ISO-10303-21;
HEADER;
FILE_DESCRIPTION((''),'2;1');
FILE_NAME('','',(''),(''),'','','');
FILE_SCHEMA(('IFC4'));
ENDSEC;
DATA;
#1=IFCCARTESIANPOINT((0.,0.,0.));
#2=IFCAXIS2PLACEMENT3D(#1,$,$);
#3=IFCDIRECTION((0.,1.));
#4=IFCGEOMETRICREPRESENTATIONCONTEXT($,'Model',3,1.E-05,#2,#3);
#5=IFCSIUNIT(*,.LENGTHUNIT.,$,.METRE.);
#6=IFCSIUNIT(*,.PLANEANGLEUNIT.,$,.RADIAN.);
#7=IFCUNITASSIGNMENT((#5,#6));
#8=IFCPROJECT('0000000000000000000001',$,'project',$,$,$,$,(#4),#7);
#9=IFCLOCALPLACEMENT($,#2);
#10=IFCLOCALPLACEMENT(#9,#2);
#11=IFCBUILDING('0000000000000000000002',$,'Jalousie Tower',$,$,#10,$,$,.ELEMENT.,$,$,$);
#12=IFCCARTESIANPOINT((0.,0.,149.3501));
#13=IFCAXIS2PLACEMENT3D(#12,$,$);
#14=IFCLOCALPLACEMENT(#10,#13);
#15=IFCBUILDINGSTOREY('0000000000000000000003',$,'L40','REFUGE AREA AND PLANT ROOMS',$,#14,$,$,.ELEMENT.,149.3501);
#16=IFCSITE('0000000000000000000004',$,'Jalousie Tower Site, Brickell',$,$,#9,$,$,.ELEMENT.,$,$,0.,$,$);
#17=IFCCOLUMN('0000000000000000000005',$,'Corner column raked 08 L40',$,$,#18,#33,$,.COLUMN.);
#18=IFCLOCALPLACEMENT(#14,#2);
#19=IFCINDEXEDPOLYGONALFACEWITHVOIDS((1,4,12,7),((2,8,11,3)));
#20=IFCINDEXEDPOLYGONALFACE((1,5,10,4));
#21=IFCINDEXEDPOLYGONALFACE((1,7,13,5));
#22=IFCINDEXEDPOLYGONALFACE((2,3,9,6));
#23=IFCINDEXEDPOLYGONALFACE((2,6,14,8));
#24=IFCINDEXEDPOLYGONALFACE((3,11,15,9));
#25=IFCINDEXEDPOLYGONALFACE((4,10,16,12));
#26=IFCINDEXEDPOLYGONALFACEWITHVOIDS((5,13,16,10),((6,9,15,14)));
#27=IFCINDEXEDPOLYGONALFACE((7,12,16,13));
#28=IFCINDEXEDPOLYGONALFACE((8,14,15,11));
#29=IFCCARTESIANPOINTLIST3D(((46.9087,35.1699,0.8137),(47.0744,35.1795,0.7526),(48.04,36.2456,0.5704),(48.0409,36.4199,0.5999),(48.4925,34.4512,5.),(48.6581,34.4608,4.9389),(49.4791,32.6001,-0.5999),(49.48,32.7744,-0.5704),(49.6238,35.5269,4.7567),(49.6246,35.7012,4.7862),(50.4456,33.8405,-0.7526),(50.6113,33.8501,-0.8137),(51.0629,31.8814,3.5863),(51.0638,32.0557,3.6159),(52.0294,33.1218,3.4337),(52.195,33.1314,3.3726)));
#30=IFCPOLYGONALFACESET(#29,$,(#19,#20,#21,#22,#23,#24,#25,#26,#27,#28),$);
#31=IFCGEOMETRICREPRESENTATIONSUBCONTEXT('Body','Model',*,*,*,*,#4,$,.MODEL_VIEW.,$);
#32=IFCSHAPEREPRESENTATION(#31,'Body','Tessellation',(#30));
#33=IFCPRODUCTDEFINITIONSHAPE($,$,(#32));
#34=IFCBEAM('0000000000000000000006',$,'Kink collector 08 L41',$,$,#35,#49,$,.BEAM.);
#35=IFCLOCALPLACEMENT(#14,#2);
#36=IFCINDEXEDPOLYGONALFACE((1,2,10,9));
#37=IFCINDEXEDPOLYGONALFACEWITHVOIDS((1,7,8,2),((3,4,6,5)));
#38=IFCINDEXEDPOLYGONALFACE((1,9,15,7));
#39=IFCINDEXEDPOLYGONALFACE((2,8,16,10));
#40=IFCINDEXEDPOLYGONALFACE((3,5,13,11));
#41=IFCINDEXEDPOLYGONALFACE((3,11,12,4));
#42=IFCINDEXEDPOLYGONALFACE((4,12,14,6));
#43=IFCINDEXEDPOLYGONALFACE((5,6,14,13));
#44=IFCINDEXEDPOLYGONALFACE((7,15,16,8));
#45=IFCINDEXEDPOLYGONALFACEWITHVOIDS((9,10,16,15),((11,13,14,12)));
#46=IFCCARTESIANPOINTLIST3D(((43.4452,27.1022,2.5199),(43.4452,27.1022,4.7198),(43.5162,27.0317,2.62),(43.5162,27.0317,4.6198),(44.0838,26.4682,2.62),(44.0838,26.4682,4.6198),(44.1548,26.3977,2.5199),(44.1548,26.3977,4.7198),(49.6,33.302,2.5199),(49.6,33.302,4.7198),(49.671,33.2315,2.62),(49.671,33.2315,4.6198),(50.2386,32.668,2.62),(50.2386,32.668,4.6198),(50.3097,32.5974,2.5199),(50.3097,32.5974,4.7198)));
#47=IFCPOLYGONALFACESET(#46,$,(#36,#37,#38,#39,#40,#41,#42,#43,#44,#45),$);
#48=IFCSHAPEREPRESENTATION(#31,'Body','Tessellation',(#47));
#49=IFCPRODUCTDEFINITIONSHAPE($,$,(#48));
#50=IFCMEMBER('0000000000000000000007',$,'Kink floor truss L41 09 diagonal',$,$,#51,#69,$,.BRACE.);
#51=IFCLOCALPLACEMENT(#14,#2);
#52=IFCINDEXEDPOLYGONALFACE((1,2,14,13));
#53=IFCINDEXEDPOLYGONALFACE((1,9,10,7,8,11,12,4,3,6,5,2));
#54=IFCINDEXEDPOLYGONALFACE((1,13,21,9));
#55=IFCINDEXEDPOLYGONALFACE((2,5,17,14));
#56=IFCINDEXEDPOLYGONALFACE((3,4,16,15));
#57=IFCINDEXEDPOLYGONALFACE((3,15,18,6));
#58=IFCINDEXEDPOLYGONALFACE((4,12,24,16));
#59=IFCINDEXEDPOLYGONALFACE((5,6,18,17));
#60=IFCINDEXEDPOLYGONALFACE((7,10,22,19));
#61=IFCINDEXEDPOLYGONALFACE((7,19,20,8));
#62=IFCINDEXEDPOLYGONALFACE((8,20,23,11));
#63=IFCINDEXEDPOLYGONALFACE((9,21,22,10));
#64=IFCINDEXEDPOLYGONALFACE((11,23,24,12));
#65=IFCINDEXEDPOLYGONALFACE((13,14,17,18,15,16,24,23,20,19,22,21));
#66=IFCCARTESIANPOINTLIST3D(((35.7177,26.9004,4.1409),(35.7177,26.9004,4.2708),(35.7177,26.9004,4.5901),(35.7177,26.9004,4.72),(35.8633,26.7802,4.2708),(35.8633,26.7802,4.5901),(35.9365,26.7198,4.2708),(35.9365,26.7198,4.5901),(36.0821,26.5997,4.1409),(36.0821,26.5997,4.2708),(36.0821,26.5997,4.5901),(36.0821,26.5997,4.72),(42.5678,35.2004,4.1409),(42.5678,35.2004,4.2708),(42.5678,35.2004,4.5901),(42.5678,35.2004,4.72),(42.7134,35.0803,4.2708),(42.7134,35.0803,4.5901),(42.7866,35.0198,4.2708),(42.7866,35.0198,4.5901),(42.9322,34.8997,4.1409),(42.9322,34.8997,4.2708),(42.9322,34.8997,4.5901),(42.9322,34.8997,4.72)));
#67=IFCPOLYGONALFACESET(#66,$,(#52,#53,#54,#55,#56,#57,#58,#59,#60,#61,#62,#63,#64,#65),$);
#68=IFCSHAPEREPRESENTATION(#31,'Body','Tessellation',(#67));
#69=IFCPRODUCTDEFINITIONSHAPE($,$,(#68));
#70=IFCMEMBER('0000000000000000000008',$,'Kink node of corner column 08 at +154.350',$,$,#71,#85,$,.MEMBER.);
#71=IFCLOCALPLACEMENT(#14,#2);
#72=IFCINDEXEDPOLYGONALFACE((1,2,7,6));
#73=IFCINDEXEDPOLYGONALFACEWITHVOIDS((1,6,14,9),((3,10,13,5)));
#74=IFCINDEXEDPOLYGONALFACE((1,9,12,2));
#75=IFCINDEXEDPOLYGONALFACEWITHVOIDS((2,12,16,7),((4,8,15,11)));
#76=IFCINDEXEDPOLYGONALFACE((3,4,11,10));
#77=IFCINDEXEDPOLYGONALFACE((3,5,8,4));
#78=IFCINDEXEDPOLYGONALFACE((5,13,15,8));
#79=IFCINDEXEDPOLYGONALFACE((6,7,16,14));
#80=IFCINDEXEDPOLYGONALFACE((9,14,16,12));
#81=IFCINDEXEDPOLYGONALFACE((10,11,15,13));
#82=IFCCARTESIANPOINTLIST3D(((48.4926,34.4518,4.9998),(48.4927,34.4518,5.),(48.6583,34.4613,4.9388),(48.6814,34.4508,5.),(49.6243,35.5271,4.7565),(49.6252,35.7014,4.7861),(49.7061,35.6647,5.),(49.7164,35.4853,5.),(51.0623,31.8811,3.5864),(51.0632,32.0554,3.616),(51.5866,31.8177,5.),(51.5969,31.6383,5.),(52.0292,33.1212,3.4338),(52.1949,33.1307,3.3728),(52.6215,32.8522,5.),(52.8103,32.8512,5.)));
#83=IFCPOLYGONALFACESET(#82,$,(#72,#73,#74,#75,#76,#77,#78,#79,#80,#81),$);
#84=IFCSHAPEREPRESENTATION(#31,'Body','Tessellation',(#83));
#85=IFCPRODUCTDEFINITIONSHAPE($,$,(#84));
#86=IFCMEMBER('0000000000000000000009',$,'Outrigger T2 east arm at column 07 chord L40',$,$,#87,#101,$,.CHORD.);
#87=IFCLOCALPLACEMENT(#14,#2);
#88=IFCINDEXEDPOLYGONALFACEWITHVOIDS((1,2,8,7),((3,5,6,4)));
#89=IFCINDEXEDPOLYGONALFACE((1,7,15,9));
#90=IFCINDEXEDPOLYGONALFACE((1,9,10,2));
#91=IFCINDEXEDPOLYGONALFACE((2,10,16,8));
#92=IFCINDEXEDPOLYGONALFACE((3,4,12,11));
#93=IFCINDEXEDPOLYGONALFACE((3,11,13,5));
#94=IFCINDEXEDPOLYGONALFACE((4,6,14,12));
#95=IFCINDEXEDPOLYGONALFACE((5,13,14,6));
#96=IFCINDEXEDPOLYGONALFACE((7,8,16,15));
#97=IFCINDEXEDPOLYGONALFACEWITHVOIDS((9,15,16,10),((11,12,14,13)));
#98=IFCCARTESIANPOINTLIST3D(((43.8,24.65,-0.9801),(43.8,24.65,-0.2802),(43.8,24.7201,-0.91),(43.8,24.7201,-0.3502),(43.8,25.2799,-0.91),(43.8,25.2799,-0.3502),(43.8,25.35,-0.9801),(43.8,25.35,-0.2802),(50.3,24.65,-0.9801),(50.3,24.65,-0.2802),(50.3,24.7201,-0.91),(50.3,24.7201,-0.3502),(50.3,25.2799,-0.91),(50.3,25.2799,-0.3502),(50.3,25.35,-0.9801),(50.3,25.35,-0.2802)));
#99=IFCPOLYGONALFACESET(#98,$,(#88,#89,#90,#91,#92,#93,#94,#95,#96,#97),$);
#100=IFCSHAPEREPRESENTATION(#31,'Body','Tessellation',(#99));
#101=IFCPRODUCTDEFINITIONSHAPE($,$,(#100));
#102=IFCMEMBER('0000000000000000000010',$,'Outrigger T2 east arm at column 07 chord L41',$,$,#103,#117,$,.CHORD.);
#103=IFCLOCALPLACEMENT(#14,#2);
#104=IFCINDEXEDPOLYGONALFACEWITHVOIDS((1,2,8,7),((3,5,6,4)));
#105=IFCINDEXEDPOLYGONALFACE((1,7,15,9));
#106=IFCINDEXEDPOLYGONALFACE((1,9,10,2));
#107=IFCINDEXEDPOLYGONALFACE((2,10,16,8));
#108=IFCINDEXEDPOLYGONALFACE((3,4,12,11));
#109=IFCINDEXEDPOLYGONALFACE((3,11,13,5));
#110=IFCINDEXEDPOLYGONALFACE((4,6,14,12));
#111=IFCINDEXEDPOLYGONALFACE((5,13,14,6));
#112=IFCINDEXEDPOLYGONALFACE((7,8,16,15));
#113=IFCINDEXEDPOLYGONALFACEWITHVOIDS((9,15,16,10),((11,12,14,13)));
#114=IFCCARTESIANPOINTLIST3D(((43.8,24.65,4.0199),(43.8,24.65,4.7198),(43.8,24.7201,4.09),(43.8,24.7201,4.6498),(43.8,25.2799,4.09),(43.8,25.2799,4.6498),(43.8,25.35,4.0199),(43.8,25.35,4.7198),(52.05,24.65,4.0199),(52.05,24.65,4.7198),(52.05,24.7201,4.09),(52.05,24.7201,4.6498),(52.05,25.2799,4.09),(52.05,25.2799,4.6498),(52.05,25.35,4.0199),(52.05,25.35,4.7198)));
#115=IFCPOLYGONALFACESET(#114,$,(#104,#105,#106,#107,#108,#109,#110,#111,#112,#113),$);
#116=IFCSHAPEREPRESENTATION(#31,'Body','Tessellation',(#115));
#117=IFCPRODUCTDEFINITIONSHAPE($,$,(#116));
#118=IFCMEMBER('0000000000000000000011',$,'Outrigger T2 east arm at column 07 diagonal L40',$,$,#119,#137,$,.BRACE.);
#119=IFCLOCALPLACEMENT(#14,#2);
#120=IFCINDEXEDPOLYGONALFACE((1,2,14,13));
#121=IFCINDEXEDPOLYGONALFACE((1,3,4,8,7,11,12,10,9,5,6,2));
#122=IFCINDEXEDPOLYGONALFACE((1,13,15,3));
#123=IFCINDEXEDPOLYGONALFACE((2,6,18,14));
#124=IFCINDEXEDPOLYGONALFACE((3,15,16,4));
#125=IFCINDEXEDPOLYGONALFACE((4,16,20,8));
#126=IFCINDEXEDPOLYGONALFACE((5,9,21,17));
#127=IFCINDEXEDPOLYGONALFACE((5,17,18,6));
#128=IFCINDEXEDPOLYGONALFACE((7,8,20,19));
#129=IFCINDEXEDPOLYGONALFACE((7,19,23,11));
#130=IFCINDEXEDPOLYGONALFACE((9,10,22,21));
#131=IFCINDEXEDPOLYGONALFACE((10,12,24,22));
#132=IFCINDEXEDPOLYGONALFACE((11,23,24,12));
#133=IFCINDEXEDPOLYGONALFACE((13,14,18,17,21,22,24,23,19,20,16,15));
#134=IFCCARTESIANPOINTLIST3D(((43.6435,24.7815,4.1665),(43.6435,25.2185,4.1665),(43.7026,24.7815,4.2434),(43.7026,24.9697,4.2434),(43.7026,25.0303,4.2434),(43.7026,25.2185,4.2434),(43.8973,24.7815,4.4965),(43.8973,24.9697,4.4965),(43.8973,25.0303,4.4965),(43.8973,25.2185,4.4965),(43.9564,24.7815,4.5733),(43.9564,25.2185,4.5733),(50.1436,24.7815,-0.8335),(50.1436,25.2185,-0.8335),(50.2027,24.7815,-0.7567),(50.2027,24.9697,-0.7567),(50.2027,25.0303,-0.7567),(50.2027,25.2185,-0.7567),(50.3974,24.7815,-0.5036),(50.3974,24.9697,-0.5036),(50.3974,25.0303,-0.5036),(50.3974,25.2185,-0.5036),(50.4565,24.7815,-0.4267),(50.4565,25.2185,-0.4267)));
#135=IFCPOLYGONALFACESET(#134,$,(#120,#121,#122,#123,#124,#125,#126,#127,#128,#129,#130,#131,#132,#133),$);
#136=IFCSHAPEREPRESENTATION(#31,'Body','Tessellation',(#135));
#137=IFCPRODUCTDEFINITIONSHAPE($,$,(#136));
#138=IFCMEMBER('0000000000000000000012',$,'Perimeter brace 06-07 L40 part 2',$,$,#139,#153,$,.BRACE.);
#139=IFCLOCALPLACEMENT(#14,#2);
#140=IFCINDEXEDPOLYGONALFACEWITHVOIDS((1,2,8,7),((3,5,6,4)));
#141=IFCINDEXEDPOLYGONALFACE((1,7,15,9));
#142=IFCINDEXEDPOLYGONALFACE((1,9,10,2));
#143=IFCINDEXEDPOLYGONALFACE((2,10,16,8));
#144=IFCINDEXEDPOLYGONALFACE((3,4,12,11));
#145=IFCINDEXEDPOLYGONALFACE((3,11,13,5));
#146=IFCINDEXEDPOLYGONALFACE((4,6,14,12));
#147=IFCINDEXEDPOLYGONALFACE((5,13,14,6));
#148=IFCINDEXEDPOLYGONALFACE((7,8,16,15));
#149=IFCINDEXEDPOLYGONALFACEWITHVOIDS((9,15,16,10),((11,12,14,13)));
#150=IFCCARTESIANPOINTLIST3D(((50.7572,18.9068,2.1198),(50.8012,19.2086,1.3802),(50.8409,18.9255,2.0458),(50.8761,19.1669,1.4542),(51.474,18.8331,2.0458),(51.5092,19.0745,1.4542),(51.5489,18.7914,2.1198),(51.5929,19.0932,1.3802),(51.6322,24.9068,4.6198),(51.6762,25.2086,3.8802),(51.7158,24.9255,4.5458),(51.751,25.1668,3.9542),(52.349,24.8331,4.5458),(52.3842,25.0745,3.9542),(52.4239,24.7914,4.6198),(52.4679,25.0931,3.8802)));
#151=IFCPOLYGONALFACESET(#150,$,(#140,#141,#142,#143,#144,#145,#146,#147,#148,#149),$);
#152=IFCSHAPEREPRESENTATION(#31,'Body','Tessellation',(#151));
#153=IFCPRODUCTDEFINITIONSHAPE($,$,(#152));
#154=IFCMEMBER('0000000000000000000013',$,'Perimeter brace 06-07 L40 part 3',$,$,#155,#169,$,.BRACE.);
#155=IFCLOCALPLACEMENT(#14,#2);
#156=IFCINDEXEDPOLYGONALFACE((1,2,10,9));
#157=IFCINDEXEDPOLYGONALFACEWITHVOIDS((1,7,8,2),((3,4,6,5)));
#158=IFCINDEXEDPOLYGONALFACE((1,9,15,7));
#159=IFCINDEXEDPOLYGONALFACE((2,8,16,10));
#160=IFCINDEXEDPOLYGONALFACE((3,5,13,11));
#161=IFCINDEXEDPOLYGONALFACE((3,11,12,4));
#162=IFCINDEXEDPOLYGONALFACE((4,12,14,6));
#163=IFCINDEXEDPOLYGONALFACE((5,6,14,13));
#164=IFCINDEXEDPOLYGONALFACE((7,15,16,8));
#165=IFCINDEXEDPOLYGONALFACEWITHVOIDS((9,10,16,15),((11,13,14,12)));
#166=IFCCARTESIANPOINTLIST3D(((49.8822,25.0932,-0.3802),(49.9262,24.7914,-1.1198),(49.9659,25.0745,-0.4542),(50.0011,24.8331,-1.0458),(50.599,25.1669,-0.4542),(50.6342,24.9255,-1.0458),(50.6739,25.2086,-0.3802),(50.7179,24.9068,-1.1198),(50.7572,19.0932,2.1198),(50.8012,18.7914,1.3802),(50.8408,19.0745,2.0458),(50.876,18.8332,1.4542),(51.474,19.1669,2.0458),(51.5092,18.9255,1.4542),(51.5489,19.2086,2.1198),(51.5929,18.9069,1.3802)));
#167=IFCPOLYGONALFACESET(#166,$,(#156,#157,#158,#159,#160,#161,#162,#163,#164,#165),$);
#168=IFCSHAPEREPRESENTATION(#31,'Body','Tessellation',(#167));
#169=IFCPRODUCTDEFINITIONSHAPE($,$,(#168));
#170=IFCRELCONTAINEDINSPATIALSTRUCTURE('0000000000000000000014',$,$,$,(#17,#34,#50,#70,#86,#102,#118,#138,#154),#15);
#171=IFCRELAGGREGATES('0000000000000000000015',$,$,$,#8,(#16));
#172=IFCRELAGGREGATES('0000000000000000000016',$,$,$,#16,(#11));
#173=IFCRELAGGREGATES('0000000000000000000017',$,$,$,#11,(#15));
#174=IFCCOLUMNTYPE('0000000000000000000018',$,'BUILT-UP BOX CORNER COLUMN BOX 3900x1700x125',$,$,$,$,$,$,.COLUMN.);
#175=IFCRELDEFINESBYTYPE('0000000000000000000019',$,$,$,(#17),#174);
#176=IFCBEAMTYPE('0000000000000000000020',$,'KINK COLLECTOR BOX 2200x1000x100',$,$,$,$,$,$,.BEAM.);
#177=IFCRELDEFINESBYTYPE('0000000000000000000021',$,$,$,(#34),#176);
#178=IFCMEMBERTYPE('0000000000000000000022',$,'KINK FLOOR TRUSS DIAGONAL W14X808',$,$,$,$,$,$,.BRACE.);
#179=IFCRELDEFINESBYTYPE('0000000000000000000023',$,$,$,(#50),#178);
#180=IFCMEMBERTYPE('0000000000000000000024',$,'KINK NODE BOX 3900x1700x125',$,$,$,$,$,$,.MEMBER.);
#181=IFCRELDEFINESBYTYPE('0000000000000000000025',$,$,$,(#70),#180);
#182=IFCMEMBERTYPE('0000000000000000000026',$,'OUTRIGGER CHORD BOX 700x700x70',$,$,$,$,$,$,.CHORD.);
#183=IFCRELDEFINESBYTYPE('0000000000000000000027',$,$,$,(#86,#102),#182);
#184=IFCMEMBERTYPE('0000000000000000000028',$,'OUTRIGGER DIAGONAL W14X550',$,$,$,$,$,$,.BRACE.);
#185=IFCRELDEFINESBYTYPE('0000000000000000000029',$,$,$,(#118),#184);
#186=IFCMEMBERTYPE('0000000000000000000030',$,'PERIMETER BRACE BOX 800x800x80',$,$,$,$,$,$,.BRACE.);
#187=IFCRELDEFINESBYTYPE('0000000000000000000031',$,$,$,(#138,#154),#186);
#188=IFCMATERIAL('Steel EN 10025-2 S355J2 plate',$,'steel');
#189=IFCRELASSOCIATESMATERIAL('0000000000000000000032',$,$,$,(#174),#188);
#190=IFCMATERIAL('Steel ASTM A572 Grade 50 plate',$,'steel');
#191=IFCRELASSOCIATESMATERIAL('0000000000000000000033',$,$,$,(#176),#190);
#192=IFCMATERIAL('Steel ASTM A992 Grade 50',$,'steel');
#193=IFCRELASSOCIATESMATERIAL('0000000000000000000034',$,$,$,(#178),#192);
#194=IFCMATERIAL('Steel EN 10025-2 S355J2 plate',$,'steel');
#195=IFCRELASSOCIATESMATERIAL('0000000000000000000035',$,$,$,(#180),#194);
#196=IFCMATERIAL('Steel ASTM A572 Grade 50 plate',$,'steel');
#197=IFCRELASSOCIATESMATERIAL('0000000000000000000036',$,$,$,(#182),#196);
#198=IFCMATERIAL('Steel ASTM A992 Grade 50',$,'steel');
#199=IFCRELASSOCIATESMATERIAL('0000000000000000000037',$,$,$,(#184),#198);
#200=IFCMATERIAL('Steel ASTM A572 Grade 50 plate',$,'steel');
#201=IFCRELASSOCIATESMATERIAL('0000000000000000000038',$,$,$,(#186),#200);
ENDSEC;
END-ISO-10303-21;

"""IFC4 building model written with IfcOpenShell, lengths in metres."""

from ifc_helpers import new_model, si_unit, direction, frame, origin, origin_2d, place, context, subcontext, project, spatial, hollow_rectangle, i_section, extrude, clip, halfspace, material, material_profile, profile_set, type_object, element, save


model = new_model("IFC4")

# Units and contexts
model_context = context("Model", 3, precision=1e-05, world=origin(), true_north=direction((0.0, 1.0)))
body_context = subcontext(model_context, "Body", "Model", "MODEL_VIEW")
ifc_project = project(units=[si_unit("LENGTHUNIT", "METRE"), si_unit("PLANEANGLEUNIT", "RADIAN")], contexts=[model_context])

# Site, building, storey
site_placement = place(None, origin())
site = spatial("IfcSite", under=ifc_project, at=site_placement, Name="Jalousie Tower Site, Brickell", CompositionType="ELEMENT", RefElevation=0.0)
building_placement = place(site_placement, origin())
building = spatial("IfcBuilding", under=site, at=building_placement, Name="Jalousie Tower", CompositionType="ELEMENT")
storey_placement = place(building_placement, frame((0.0, 0.0, 149.3501)))
storey = spatial("IfcBuildingStorey", under=building, at=storey_placement, Name="L40", Description="REFUGE AREA AND PLANT ROOMS", CompositionType="ELEMENT", Elevation=149.3501)

# Column
ifc_material_1 = material(Name="Steel EN 10025-2 S355J2 plate", Category="steel")
ifc_material_profile_1 = material_profile(ifc_material_1, hollow_rectangle(XDim=1.7, YDim=3.8999, WallThickness=0.125, at=origin_2d()), Name="BOX 3900x1700x125")
ifc_profile_set_1 = profile_set([ifc_material_profile_1], Name="Steel EN 10025-2 S355J2 plate")
column_type = type_object("IfcColumnType", Name="BUILT-UP BOX CORNER COLUMN BOX 3900x1700x125", PredefinedType="COLUMN", material=ifc_profile_set_1)
column_placement = place(storey_placement, frame((48.76, 34.51, 0.0), z_axis=(0.349369, -0.158542, 0.923475), x_axis=(-0.665986, -0.735294, 0.125721)))
element("IfcColumn", 1, at=column_placement, inside=storey, type_object=column_type, Name="Corner column raked 08 L40", PredefinedType="COLUMN", context=body_context, shape_type="SweptSolid", body=[
    extrude(hollow_rectangle(XDim=1.7, YDim=3.8999, WallThickness=0.125, at=origin_2d()), origin(), (0.0, 0.0, 1.0), 4.5332),
])

# Beam
ifc_material_2 = material(Name="Steel ASTM A572 Grade 50 plate", Category="steel")
ifc_material_profile_2 = material_profile(ifc_material_2, hollow_rectangle(XDim=1.0, YDim=2.2, WallThickness=0.1001, at=origin_2d()), Name="BOX 2200x1000x100")
ifc_profile_set_2 = profile_set([ifc_material_profile_2], Name="Steel ASTM A572 Grade 50 plate")
beam_type_1 = type_object("IfcBeamType", Name="KINK COLLECTOR BOX 2200x1000x100", PredefinedType="BEAM", material=ifc_profile_set_2)
beam_1_placement = place(storey_placement, frame((49.9548, 32.9497, 3.6199), z_axis=(-0.704531, -0.709673, 0.0), x_axis=(0.709673, -0.704531, 0.0)))
element("IfcBeam", 2, at=beam_1_placement, inside=storey, type_object=beam_type_1, Name="Kink collector 08 L41", PredefinedType="BEAM", context=body_context, shape_type="SweptSolid", body=[
    extrude(hollow_rectangle(XDim=1.0, YDim=2.2, WallThickness=0.1001, at=origin_2d()), origin(), (0.0, 0.0, 1.0), 8.7361),
])

# Members
ifc_material_3 = material(Name="Steel ASTM A992 Grade 50", Category="steel")
ifc_material_profile_3 = material_profile(ifc_material_3, i_section(OverallWidth=0.4724, OverallDepth=0.5791, WebThickness=0.095, FlangeThickness=0.1299, at=origin_2d()), Name="W14X808")
ifc_profile_set_3 = profile_set([ifc_material_profile_3], Name="Steel ASTM A992 Grade 50")
member_type_1 = type_object("IfcMemberType", Name="KINK FLOOR TRUSS DIAGONAL W14X808", PredefinedType="BRACE", material=ifc_profile_set_3)
member_1_placement = place(storey_placement, frame((42.75, 35.05, 4.4304), z_axis=(-0.636524, -0.771257, 0.0), x_axis=(0.771257, -0.636524, 0.0)))
element("IfcMember", 3, at=member_1_placement, inside=storey, type_object=member_type_1, Name="Kink floor truss L41 09 diagonal", PredefinedType="BRACE", context=body_context, shape_type="SweptSolid", body=[
    extrude(i_section(OverallWidth=0.4724, OverallDepth=0.5791, WebThickness=0.095, FlangeThickness=0.1299, at=origin_2d()), origin(), (0.0, 0.0, 1.0), 10.7617),
])
ifc_material_4 = material(Name="Steel EN 10025-2 S355J2 plate", Category="steel")
ifc_material_profile_4 = material_profile(ifc_material_4, hollow_rectangle(XDim=1.7, YDim=3.8999, WallThickness=0.125, at=origin_2d()), Name="BOX 3900x1700x125")
ifc_profile_set_4 = profile_set([ifc_material_profile_4], Name="Steel EN 10025-2 S355J2 plate")
member_type_2 = type_object("IfcMemberType", Name="KINK NODE BOX 3900x1700x125", PredefinedType="MEMBER", material=ifc_profile_set_4)
member_2_placement = place(storey_placement, frame((50.3438, 33.7913, 4.1863), z_axis=(0.349257, -0.158627, 0.923502), x_axis=(-0.666232, -0.735074, 0.125699)))
element("IfcMember", 4, at=member_2_placement, inside=storey, type_object=member_type_2, Name="Kink node of corner column 08 at +154.350", PredefinedType="MEMBER", context=body_context, shape_type="Clipping", body=[
    clip(extrude(hollow_rectangle(XDim=1.7, YDim=3.8999, WallThickness=0.125, at=origin_2d()), origin(), (0.0, 0.0, 1.0), 1.7622), halfspace(frame((0.0, 0.0, 0.8811), z_axis=(0.125699, -0.362413, 0.923502)), False)),
])
ifc_material_5 = material(Name="Steel ASTM A572 Grade 50 plate", Category="steel")
ifc_material_profile_5 = material_profile(ifc_material_5, hollow_rectangle(XDim=0.7, YDim=0.7, WallThickness=0.0701, at=origin_2d()), Name="BOX 700x700x70")
ifc_profile_set_5 = profile_set([ifc_material_profile_5], Name="Steel ASTM A572 Grade 50 plate")
member_type_3 = type_object("IfcMemberType", Name="OUTRIGGER CHORD BOX 700x700x70", PredefinedType="CHORD", material=ifc_profile_set_5)
member_3_placement = place(storey_placement, frame((50.3, 25.0, -0.6301), z_axis=(-1.0, 0.0, 0.0), x_axis=(0.0, -1.0, 0.0)))
element("IfcMember", 5, at=member_3_placement, inside=storey, type_object=member_type_3, Name="Outrigger T2 east arm at column 07 chord L40", PredefinedType="CHORD", context=body_context, shape_type="SweptSolid", body=[
    extrude(hollow_rectangle(XDim=0.7, YDim=0.7, WallThickness=0.0701, at=origin_2d()), origin(), (0.0, 0.0, 1.0), 6.5),
])
member_4_placement = place(storey_placement, frame((52.05, 25.0, 4.3699), z_axis=(-1.0, 0.0, 0.0), x_axis=(0.0, -1.0, 0.0)))
element("IfcMember", 6, at=member_4_placement, inside=storey, type_object=member_type_3, Name="Outrigger T2 east arm at column 07 chord L41", PredefinedType="CHORD", context=body_context, shape_type="SweptSolid", body=[
    extrude(hollow_rectangle(XDim=0.7, YDim=0.7, WallThickness=0.0701, at=origin_2d()), origin(), (0.0, 0.0, 1.0), 8.25),
])
ifc_material_6 = material(Name="Steel ASTM A992 Grade 50", Category="steel")
ifc_material_profile_6 = material_profile(ifc_material_6, i_section(OverallWidth=0.437, OverallDepth=0.5132, WebThickness=0.0605, FlangeThickness=0.0969, at=origin_2d()), Name="W14X550")
ifc_profile_set_6 = profile_set([ifc_material_profile_6], Name="Steel ASTM A992 Grade 50")
member_type_4 = type_object("IfcMemberType", Name="OUTRIGGER DIAGONAL W14X550", PredefinedType="BRACE", material=ifc_profile_set_6)
member_5_placement = place(storey_placement, frame((50.3, 25.0, -0.6301), z_axis=(-0.792624, 0.0, 0.609711), x_axis=(0.0, -1.0, 0.0)))
element("IfcMember", 7, at=member_5_placement, inside=storey, type_object=member_type_4, Name="Outrigger T2 east arm at column 07 diagonal L40", PredefinedType="BRACE", context=body_context, shape_type="SweptSolid", body=[
    extrude(i_section(OverallWidth=0.437, OverallDepth=0.5132, WebThickness=0.0605, FlangeThickness=0.0969, at=origin_2d()), origin(), (0.0, 0.0, 1.0), 8.2007),
])
ifc_material_7 = material(Name="Steel ASTM A572 Grade 50 plate", Category="steel")
ifc_material_profile_7 = material_profile(ifc_material_7, hollow_rectangle(XDim=0.8, YDim=0.8, WallThickness=0.0801, at=origin_2d()), Name="BOX 800x800x80")
ifc_profile_set_7 = profile_set([ifc_material_profile_7], Name="Steel ASTM A572 Grade 50 plate")
member_type_5 = type_object("IfcMemberType", Name="PERIMETER BRACE BOX 800x800x80", PredefinedType="BRACE", material=ifc_profile_set_7)
for number, where, z_axis, x_axis, name in (
    (8, (51.175, 19.0, 1.75), (0.133412, 0.914825, 0.381177), (-0.989533, 0.144307, 0.0), "Perimeter brace 06-07 L40 part 2"),
    (9, (50.3, 25.0, -0.75), (0.133412, -0.914825, 0.381177), (0.989533, 0.144307, 0.0), "Perimeter brace 06-07 L40 part 3"),
):
    element("IfcMember", number, at=place(storey_placement, frame(where, z_axis=z_axis, x_axis=x_axis)), inside=storey, type_object=member_type_5, Name=name, PredefinedType="BRACE", context=body_context, shape_type="SweptSolid", body=[
        extrude(hollow_rectangle(XDim=0.8, YDim=0.8, WallThickness=0.0801, at=origin_2d()), origin(), (0.0, 0.0, 1.0), 6.5586),
    ])

save(model, "model.ifc")
